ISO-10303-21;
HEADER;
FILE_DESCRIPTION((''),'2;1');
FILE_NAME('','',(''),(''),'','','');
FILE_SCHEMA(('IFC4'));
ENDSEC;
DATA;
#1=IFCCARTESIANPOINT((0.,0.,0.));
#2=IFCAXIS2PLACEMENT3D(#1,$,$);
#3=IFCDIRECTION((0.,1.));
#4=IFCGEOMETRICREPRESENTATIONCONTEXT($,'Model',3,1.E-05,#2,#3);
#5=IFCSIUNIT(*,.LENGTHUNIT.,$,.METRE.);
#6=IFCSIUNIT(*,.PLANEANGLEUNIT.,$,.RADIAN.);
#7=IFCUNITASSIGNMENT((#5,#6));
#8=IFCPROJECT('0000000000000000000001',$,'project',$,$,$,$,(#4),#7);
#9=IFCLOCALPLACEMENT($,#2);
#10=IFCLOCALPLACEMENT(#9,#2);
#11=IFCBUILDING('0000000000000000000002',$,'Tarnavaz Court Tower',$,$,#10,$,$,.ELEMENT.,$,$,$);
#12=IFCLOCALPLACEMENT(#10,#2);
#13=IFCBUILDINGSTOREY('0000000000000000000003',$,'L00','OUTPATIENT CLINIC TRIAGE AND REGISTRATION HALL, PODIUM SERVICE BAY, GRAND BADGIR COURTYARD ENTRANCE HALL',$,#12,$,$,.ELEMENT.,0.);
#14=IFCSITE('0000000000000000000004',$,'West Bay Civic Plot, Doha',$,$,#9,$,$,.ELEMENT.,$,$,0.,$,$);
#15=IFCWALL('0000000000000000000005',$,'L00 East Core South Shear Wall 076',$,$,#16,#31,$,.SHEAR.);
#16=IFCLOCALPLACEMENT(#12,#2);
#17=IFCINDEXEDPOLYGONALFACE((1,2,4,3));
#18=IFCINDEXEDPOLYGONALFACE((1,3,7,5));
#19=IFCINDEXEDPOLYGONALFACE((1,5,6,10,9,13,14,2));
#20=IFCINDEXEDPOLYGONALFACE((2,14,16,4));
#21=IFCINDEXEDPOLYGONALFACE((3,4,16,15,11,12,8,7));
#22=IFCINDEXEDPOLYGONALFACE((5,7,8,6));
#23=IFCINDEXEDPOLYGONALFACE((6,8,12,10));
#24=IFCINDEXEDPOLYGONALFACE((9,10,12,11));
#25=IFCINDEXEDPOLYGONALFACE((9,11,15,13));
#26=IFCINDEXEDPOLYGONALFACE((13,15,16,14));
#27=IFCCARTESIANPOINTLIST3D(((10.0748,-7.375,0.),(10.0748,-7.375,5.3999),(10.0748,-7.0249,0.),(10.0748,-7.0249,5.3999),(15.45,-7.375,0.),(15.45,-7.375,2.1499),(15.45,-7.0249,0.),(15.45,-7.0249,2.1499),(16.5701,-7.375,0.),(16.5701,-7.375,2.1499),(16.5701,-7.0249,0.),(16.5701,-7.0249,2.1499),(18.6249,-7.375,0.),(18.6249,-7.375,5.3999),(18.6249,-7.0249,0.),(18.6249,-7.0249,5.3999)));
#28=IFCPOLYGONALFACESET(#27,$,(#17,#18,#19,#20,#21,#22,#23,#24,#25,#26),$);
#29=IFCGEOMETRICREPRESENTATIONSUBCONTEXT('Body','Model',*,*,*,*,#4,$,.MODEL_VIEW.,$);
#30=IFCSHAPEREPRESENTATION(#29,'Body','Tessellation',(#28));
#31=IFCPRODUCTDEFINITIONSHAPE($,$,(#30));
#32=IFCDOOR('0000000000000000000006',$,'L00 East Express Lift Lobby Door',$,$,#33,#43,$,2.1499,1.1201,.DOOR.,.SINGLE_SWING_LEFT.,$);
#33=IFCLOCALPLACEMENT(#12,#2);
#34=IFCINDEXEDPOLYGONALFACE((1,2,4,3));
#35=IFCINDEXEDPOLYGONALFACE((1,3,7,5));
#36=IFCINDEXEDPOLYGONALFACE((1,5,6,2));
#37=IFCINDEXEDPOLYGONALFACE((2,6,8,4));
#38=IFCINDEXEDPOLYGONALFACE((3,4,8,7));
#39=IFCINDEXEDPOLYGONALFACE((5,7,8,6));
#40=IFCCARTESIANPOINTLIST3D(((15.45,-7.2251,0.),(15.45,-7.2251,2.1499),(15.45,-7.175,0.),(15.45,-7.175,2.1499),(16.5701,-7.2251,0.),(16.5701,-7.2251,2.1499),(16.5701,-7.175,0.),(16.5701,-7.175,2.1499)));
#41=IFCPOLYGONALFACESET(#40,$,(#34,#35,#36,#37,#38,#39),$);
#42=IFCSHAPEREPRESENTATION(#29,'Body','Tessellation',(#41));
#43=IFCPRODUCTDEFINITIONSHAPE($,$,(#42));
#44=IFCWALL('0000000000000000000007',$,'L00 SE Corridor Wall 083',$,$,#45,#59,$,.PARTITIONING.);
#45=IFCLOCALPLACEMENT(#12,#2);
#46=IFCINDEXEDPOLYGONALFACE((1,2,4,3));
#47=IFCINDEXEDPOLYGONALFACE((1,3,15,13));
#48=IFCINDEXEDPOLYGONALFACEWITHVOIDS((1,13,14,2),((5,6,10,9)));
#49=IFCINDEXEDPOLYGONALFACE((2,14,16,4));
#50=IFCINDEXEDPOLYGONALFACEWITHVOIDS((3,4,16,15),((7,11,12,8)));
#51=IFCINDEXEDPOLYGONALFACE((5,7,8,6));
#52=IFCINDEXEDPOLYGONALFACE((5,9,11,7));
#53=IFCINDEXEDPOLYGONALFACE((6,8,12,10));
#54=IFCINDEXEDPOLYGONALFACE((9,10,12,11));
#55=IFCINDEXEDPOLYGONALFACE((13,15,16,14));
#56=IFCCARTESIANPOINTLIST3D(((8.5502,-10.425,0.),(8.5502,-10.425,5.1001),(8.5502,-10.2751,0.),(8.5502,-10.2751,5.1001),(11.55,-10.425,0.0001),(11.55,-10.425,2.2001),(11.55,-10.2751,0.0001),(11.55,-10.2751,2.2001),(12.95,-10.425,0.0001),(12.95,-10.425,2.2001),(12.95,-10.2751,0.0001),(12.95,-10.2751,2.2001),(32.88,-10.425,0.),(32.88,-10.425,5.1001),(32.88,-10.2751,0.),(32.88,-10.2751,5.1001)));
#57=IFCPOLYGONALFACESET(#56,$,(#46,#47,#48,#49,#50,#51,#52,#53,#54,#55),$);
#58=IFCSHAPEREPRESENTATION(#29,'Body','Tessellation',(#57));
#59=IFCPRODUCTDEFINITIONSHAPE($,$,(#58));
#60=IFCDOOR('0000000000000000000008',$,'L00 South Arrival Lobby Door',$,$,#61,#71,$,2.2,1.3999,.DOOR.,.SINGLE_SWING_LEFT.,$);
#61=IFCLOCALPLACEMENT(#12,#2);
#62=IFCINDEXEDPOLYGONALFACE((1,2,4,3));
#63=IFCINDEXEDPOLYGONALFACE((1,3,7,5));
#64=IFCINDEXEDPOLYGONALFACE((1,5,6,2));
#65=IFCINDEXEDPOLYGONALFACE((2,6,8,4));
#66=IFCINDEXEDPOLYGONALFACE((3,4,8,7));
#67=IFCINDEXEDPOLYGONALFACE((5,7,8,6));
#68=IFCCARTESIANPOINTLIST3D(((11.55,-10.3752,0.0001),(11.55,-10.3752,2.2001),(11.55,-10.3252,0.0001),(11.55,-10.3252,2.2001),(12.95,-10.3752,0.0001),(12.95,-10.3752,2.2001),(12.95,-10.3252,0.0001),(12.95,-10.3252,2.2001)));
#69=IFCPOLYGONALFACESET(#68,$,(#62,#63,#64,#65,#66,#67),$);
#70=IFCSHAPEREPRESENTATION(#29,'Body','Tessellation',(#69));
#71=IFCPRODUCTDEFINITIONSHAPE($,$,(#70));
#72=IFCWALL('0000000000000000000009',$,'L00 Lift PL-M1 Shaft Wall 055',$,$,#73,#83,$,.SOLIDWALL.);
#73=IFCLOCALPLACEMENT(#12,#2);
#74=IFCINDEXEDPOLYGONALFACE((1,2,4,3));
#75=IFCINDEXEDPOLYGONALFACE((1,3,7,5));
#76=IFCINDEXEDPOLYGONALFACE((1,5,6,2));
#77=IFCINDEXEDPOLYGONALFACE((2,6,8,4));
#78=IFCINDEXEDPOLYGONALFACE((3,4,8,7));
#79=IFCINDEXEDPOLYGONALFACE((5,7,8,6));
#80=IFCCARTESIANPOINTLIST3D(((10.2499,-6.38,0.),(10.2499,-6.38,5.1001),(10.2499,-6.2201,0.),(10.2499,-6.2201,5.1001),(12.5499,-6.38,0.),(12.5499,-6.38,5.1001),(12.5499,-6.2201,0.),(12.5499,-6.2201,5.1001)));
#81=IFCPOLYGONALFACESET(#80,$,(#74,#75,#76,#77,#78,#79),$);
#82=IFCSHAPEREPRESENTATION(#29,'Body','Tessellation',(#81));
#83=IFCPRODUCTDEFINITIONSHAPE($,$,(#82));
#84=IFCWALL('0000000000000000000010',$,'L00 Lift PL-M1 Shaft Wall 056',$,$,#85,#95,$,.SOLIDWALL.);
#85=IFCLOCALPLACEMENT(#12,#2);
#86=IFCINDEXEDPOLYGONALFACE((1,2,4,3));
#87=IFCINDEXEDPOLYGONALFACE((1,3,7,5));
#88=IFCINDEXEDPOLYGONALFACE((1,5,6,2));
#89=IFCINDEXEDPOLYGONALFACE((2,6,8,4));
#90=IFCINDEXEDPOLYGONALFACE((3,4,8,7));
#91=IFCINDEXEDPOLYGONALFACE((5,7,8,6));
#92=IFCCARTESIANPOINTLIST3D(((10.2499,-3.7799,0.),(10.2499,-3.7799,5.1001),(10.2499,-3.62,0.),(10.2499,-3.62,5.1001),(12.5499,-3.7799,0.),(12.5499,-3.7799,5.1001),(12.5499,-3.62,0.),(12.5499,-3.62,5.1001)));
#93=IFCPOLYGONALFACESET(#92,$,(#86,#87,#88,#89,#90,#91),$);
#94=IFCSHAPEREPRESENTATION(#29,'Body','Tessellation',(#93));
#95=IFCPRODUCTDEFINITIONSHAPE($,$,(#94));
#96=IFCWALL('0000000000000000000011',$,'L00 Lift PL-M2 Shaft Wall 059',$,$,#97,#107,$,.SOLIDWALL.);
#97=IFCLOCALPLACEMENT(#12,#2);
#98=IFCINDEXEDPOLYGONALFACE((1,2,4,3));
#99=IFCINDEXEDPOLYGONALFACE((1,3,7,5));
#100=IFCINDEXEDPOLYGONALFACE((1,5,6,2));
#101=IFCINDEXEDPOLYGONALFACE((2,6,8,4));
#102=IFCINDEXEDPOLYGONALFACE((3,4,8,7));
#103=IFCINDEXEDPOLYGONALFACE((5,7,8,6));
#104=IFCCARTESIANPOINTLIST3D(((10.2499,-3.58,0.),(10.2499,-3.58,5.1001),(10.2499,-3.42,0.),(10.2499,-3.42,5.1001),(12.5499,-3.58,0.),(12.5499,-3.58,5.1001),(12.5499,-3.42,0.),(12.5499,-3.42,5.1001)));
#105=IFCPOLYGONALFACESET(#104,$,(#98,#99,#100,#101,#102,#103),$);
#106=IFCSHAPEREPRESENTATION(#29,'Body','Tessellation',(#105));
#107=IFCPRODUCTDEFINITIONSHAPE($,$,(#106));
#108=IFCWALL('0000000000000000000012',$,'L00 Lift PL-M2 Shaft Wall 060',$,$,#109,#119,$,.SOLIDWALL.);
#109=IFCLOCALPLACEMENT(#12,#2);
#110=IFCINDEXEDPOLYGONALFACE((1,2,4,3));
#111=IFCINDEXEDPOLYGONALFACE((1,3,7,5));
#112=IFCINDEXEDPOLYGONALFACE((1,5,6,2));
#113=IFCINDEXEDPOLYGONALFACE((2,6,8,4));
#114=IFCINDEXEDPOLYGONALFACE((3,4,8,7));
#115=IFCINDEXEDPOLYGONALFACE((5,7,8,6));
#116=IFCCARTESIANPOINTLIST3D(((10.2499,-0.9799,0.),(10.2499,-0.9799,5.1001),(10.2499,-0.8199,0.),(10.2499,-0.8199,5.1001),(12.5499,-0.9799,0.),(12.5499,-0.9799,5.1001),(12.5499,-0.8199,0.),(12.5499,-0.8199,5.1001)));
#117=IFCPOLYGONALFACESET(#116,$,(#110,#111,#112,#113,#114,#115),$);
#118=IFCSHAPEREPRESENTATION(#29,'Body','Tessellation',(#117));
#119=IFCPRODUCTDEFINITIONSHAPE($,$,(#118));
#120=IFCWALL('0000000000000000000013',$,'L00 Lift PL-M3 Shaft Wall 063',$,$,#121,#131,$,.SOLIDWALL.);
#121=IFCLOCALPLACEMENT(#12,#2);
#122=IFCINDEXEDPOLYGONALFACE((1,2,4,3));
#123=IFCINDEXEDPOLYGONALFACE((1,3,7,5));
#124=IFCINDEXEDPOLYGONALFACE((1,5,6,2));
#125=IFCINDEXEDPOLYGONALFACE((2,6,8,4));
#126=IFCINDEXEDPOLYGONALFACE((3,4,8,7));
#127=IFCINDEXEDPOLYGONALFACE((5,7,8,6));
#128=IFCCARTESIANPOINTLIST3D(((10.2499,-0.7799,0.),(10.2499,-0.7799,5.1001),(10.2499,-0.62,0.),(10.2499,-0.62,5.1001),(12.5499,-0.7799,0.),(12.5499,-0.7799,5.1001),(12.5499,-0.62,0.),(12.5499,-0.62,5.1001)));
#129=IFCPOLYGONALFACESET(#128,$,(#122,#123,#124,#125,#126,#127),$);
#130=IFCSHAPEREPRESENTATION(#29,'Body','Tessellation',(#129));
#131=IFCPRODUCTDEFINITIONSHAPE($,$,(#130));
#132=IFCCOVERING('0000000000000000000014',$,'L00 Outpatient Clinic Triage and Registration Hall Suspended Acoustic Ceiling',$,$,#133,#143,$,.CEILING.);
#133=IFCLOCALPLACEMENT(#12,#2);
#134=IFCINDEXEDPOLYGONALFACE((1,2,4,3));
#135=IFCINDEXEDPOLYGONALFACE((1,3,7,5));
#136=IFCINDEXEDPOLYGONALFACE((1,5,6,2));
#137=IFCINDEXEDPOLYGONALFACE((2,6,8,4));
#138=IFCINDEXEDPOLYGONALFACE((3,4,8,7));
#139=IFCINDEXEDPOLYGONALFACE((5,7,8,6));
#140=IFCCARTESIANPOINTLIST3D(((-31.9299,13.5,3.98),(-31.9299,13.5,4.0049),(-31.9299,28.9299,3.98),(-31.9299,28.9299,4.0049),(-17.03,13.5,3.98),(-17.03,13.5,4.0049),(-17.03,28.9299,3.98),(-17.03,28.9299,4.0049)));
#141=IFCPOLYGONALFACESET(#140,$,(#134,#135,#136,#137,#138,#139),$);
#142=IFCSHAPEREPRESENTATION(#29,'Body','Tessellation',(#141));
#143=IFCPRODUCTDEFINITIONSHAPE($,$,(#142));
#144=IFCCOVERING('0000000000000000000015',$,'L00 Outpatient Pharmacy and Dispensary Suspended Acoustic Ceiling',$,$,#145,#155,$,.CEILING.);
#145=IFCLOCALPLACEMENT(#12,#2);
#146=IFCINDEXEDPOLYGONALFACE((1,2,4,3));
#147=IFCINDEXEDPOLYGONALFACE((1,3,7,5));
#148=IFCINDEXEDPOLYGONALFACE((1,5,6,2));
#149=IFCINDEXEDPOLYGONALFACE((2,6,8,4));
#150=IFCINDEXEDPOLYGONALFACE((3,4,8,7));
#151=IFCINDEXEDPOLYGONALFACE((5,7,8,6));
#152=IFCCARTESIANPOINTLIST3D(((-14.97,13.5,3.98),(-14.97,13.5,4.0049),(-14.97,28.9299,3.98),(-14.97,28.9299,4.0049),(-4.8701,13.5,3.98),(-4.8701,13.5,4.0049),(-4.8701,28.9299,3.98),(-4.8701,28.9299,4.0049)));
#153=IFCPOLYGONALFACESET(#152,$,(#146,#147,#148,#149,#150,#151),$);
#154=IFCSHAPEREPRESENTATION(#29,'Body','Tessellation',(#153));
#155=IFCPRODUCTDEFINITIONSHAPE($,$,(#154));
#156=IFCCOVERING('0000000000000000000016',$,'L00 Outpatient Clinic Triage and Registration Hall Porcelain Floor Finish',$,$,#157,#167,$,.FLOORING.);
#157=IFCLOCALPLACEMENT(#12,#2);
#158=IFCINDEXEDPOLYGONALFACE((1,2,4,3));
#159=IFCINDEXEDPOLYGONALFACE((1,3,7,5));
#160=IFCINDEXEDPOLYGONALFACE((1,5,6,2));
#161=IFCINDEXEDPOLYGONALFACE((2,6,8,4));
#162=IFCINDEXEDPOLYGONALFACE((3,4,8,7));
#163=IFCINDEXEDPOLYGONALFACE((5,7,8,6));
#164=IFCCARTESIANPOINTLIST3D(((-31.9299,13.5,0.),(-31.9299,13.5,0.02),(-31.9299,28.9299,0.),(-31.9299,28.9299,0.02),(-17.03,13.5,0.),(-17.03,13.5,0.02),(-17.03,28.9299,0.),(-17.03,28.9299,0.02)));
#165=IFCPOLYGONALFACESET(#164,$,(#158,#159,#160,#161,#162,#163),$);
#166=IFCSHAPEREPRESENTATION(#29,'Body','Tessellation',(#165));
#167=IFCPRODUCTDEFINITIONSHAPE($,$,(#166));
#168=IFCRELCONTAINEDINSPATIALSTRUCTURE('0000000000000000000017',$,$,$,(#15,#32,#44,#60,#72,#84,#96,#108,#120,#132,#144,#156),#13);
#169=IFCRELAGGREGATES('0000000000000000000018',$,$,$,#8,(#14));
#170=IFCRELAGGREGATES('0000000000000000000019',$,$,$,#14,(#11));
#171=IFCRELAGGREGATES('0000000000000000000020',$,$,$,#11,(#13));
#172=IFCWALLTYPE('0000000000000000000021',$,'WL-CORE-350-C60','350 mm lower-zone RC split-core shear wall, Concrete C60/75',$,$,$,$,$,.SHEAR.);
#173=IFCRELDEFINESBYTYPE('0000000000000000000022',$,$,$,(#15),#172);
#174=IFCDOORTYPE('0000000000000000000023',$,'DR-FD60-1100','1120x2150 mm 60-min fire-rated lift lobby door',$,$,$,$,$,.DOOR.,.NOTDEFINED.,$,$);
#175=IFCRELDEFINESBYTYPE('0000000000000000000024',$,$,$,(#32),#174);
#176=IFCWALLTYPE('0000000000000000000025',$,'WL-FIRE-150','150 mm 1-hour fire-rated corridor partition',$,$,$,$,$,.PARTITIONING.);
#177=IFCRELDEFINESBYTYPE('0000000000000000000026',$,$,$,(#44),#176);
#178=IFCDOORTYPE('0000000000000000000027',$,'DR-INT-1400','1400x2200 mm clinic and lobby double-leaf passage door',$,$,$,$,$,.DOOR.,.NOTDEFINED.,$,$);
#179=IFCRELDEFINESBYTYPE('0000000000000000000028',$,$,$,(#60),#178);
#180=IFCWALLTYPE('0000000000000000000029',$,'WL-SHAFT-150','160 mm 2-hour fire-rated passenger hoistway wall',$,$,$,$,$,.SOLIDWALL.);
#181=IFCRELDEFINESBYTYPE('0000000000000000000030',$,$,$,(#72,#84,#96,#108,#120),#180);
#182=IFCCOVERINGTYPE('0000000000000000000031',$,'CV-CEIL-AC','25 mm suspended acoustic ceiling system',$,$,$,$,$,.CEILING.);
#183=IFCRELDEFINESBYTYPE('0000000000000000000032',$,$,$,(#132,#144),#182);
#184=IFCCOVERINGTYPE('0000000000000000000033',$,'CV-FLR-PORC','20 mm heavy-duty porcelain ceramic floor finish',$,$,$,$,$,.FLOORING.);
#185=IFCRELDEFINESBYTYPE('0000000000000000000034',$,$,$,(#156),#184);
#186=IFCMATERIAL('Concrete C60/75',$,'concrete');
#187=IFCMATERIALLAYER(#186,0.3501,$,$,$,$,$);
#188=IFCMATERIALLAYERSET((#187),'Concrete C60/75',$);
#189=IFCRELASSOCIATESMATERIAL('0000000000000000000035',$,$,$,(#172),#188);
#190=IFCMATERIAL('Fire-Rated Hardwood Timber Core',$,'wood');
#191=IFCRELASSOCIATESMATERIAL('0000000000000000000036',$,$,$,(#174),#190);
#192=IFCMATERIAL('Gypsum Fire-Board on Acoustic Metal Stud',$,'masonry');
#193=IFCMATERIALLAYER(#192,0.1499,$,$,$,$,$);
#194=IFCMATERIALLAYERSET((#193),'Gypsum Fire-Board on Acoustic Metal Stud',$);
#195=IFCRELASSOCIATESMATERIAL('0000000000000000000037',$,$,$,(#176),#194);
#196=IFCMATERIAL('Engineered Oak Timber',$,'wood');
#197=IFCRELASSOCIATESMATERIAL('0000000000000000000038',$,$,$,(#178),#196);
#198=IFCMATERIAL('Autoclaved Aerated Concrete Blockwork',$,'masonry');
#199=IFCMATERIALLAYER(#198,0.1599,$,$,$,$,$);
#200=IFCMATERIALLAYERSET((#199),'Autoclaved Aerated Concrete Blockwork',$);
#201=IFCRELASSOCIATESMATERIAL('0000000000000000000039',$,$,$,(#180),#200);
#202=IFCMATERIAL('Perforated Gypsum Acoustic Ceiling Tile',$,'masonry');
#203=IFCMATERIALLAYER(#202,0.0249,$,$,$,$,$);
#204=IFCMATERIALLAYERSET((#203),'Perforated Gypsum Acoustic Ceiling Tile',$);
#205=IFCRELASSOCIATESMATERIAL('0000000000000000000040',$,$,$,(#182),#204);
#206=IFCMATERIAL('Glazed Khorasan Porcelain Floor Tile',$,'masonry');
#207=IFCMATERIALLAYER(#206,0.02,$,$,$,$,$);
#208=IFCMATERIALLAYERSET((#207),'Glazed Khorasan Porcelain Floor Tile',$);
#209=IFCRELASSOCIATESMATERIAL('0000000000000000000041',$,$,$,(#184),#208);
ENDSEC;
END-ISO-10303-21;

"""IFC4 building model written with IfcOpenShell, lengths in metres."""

from ifc_helpers import new_model, si_unit, direction, frame, frame_2d, origin, place, context, subcontext, project, spatial, polyline, rectangle, outline, extrude, material, layer, layer_set, type_object, element, fill, save


model = new_model("IFC4")

# Units and contexts
model_context = context("Model", 3, precision=1e-05, world=origin(), true_north=direction((0.0, 1.0)))
body_context = subcontext(model_context, "Body", "Model", "MODEL_VIEW")
ifc_project = project(units=[si_unit("LENGTHUNIT", "METRE"), si_unit("PLANEANGLEUNIT", "RADIAN")], contexts=[model_context])

# Site, building, storey
site_placement = place(None, origin())
site = spatial("IfcSite", under=ifc_project, at=site_placement, Name="West Bay Civic Plot, Doha", CompositionType="ELEMENT", RefElevation=0.0)
building_placement = place(site_placement, origin())
building = spatial("IfcBuilding", under=site, at=building_placement, Name="Tarnavaz Court Tower", CompositionType="ELEMENT")
storey_placement = place(building_placement, origin())
storey = spatial("IfcBuildingStorey", under=building, at=storey_placement, Name="L00", Description="OUTPATIENT CLINIC TRIAGE AND REGISTRATION HALL, PODIUM SERVICE BAY, GRAND BADGIR COURTYARD ENTRANCE HALL", CompositionType="ELEMENT", Elevation=0.0)

# Shared definitions
ifc_material_1 = material(Name="Concrete C60/75", Category="concrete")

# Walls, openings, doors
ifc_layer_1 = layer(ifc_material_1, 0.3501)
ifc_layer_set_1 = layer_set([ifc_layer_1], Name="Concrete C60/75")
wall_type_1 = type_object("IfcWallType", Name="WL-CORE-350-C60", Description="350 mm lower-zone RC split-core shear wall, Concrete C60/75", PredefinedType="SHEAR", material=ifc_layer_set_1)
wall_1_placement = place(storey_placement, frame((10.075, -7.2, 0.0), z_axis=(0.0, 0.0, 1.0), x_axis=(1.0, 0.0, 0.0)))
wall_1 = element("IfcWall", 1, at=wall_1_placement, inside=storey, type_object=wall_type_1, Name="L00 East Core South Shear Wall 076", PredefinedType="SHEAR", context=body_context, shape_type="SweptSolid", body=[
    extrude(rectangle(XDim=8.55, YDim=0.3501, at=frame_2d((4.2749, 0.0))), origin(), (0.0, 0.0, 1.0), 5.3999),
])
opening_1_placement = place(wall_1_placement, frame((5.375, 0.0, 0.0)))
opening_1 = element("IfcOpeningElement", 2, at=opening_1_placement, cuts=wall_1, PredefinedType="OPENING", context=body_context, shape_type="SweptSolid", body=[
    extrude(rectangle(XDim=1.1201, YDim=2.1499, at=frame_2d((0.5601, 1.075))), frame((0.0, 0.1851, 0.0), z_axis=(0.0, -1.0, 0.0), x_axis=(1.0, 0.0, 0.0)), (0.0, 0.0, 1.0), 0.3701),
])
ifc_material_2 = material(Name="Fire-Rated Hardwood Timber Core", Category="wood")
door_type_1 = type_object("IfcDoorType", Name="DR-FD60-1100", Description="1120x2150 mm 60-min fire-rated lift lobby door", OperationType="NOTDEFINED", PredefinedType="DOOR", material=ifc_material_2)
door_1_placement = place(opening_1_placement, origin())
door_1 = element("IfcDoor", 3, at=door_1_placement, inside=storey, type_object=door_type_1, Name="L00 East Express Lift Lobby Door", OperationType="SINGLE_SWING_LEFT", OverallHeight=2.1499, OverallWidth=1.1201, PredefinedType="DOOR", context=body_context, shape_type="SweptSolid", body=[
    extrude(rectangle(XDim=1.1201, YDim=2.1499, at=frame_2d((0.5601, 1.075))), frame((0.0, 0.0249, 0.0), z_axis=(0.0, -1.0, 0.0), x_axis=(1.0, 0.0, 0.0)), (0.0, 0.0, 1.0), 0.05),
])
fill(opening_1, door_1)
ifc_material_3 = material(Name="Gypsum Fire-Board on Acoustic Metal Stud", Category="masonry")
ifc_layer_2 = layer(ifc_material_3, 0.1499)
ifc_layer_set_2 = layer_set([ifc_layer_2], Name="Gypsum Fire-Board on Acoustic Metal Stud")
wall_type_2 = type_object("IfcWallType", Name="WL-FIRE-150", Description="150 mm 1-hour fire-rated corridor partition", PredefinedType="PARTITIONING", material=ifc_layer_set_2)
wall_2_placement = place(storey_placement, frame((8.55, -10.3501, 0.0), z_axis=(0.0, 0.0, 1.0), x_axis=(1.0, 0.0, 0.0)))
wall_2 = element("IfcWall", 4, at=wall_2_placement, inside=storey, type_object=wall_type_2, Name="L00 SE Corridor Wall 083", PredefinedType="PARTITIONING", context=body_context, shape_type="SweptSolid", body=[
    extrude(rectangle(XDim=24.3298, YDim=0.1499, at=frame_2d((12.165, 0.0))), origin(), (0.0, 0.0, 1.0), 5.1001),
])
opening_2_placement = place(wall_2_placement, frame((3.0, 0.0, 0.0)))
opening_2 = element("IfcOpeningElement", 5, at=opening_2_placement, cuts=wall_2, PredefinedType="OPENING", context=body_context, shape_type="SweptSolid", body=[
    extrude(rectangle(XDim=1.3999, YDim=2.2, at=frame_2d((0.7, 1.1001))), frame((0.0, 0.085, 0.0), z_axis=(0.0, -1.0, 0.0), x_axis=(1.0, 0.0, 0.0)), (0.0, 0.0, 1.0), 0.1699),
])
ifc_material_4 = material(Name="Engineered Oak Timber", Category="wood")
door_type_2 = type_object("IfcDoorType", Name="DR-INT-1400", Description="1400x2200 mm clinic and lobby double-leaf passage door", OperationType="NOTDEFINED", PredefinedType="DOOR", material=ifc_material_4)
door_2_placement = place(opening_2_placement, origin())
door_2 = element("IfcDoor", 6, at=door_2_placement, inside=storey, type_object=door_type_2, Name="L00 South Arrival Lobby Door", OperationType="SINGLE_SWING_LEFT", OverallHeight=2.2, OverallWidth=1.3999, PredefinedType="DOOR", context=body_context, shape_type="SweptSolid", body=[
    extrude(rectangle(XDim=1.3999, YDim=2.2, at=frame_2d((0.7, 1.1001))), frame((0.0, 0.0249, 0.0), z_axis=(0.0, -1.0, 0.0), x_axis=(1.0, 0.0, 0.0)), (0.0, 0.0, 1.0), 0.05),
])
fill(opening_2, door_2)
ifc_material_5 = material(Name="Autoclaved Aerated Concrete Blockwork", Category="masonry")
ifc_layer_3 = layer(ifc_material_5, 0.1599)
ifc_layer_set_3 = layer_set([ifc_layer_3], Name="Autoclaved Aerated Concrete Blockwork")
wall_type_3 = type_object("IfcWallType", Name="WL-SHAFT-150", Description="160 mm 2-hour fire-rated passenger hoistway wall", PredefinedType="SOLIDWALL", material=ifc_layer_set_3)

# Walls
for number, where, z_axis, x_axis, name in (
    (7, (10.25, -6.3, 0.0), (0.0, 0.0, 1.0), (1.0, 0.0, 0.0), "L00 Lift PL-M1 Shaft Wall 055"),
    (8, (10.25, -3.7, 0.0), (0.0, 0.0, 1.0), (1.0, 0.0, 0.0), "L00 Lift PL-M1 Shaft Wall 056"),
):
    element("IfcWall", number, at=place(storey_placement, frame(where, z_axis=z_axis, x_axis=x_axis)), inside=storey, type_object=wall_type_3, Name=name, PredefinedType="SOLIDWALL", context=body_context, shape_type="SweptSolid", body=[
        extrude(rectangle(XDim=2.3, YDim=0.1599, at=frame_2d((1.1499, 0.0))), origin(), (0.0, 0.0, 1.0), 5.1001),
    ])

# Walls
for number, where, z_axis, x_axis, name in (
    (9, (10.25, -3.5, 0.0), (0.0, 0.0, 1.0), (1.0, 0.0, 0.0), "L00 Lift PL-M2 Shaft Wall 059"),
    (10, (10.25, -0.8999, 0.0), (0.0, 0.0, 1.0), (1.0, 0.0, 0.0), "L00 Lift PL-M2 Shaft Wall 060"),
):
    element("IfcWall", number, at=place(storey_placement, frame(where, z_axis=z_axis, x_axis=x_axis)), inside=storey, type_object=wall_type_3, Name=name, PredefinedType="SOLIDWALL", context=body_context, shape_type="SweptSolid", body=[
        extrude(rectangle(XDim=2.3, YDim=0.1599, at=frame_2d((1.1499, 0.0))), origin(), (0.0, 0.0, 1.0), 5.1001),
    ])

# Wall
wall_3_placement = place(storey_placement, frame((10.25, -0.7, 0.0), z_axis=(0.0, 0.0, 1.0), x_axis=(1.0, 0.0, 0.0)))
element("IfcWall", 11, at=wall_3_placement, inside=storey, type_object=wall_type_3, Name="L00 Lift PL-M3 Shaft Wall 063", PredefinedType="SOLIDWALL", context=body_context, shape_type="SweptSolid", body=[
    extrude(rectangle(XDim=2.3, YDim=0.1599, at=frame_2d((1.1499, 0.0))), origin(), (0.0, 0.0, 1.0), 5.1001),
])

# Coverings
ifc_material_6 = material(Name="Perforated Gypsum Acoustic Ceiling Tile", Category="masonry")
ifc_layer_4 = layer(ifc_material_6, 0.0249)
ifc_layer_set_4 = layer_set([ifc_layer_4], Name="Perforated Gypsum Acoustic Ceiling Tile")
covering_type_1 = type_object("IfcCoveringType", Name="CV-CEIL-AC", Description="25 mm suspended acoustic ceiling system", PredefinedType="CEILING", material=ifc_layer_set_4)
covering_1_placement = place(storey_placement, frame((0.0, 0.0, 3.98)))
element("IfcCovering", 12, at=covering_1_placement, inside=storey, type_object=covering_type_1, Name="L00 Outpatient Clinic Triage and Registration Hall Suspended Acoustic Ceiling", PredefinedType="CEILING", context=body_context, shape_type="SweptSolid", body=[
    extrude(outline(polyline([(-31.9299, 13.5), (-17.03, 13.5), (-17.03, 28.9299), (-31.9299, 28.9299), (-31.9299, 13.5)])), origin(), (0.0, 0.0, 1.0), 0.0249),
])
covering_2_placement = place(storey_placement, frame((0.0, 0.0, 3.98)))
element("IfcCovering", 13, at=covering_2_placement, inside=storey, type_object=covering_type_1, Name="L00 Outpatient Pharmacy and Dispensary Suspended Acoustic Ceiling", PredefinedType="CEILING", context=body_context, shape_type="SweptSolid", body=[
    extrude(outline(polyline([(-14.97, 13.5), (-4.8701, 13.5), (-4.8701, 28.9299), (-14.97, 28.9299), (-14.97, 13.5)])), origin(), (0.0, 0.0, 1.0), 0.0249),
])
ifc_material_7 = material(Name="Glazed Khorasan Porcelain Floor Tile", Category="masonry")
ifc_layer_5 = layer(ifc_material_7, 0.02)
ifc_layer_set_5 = layer_set([ifc_layer_5], Name="Glazed Khorasan Porcelain Floor Tile")
covering_type_2 = type_object("IfcCoveringType", Name="CV-FLR-PORC", Description="20 mm heavy-duty porcelain ceramic floor finish", PredefinedType="FLOORING", material=ifc_layer_set_5)
covering_3_placement = place(storey_placement, origin())
element("IfcCovering", 14, at=covering_3_placement, inside=storey, type_object=covering_type_2, Name="L00 Outpatient Clinic Triage and Registration Hall Porcelain Floor Finish", PredefinedType="FLOORING", context=body_context, shape_type="SweptSolid", body=[
    extrude(outline(polyline([(-31.9299, 13.5), (-17.03, 13.5), (-17.03, 28.9299), (-31.9299, 28.9299), (-31.9299, 13.5)])), origin(), (0.0, 0.0, 1.0), 0.02),
])

save(model, "model.ifc")
